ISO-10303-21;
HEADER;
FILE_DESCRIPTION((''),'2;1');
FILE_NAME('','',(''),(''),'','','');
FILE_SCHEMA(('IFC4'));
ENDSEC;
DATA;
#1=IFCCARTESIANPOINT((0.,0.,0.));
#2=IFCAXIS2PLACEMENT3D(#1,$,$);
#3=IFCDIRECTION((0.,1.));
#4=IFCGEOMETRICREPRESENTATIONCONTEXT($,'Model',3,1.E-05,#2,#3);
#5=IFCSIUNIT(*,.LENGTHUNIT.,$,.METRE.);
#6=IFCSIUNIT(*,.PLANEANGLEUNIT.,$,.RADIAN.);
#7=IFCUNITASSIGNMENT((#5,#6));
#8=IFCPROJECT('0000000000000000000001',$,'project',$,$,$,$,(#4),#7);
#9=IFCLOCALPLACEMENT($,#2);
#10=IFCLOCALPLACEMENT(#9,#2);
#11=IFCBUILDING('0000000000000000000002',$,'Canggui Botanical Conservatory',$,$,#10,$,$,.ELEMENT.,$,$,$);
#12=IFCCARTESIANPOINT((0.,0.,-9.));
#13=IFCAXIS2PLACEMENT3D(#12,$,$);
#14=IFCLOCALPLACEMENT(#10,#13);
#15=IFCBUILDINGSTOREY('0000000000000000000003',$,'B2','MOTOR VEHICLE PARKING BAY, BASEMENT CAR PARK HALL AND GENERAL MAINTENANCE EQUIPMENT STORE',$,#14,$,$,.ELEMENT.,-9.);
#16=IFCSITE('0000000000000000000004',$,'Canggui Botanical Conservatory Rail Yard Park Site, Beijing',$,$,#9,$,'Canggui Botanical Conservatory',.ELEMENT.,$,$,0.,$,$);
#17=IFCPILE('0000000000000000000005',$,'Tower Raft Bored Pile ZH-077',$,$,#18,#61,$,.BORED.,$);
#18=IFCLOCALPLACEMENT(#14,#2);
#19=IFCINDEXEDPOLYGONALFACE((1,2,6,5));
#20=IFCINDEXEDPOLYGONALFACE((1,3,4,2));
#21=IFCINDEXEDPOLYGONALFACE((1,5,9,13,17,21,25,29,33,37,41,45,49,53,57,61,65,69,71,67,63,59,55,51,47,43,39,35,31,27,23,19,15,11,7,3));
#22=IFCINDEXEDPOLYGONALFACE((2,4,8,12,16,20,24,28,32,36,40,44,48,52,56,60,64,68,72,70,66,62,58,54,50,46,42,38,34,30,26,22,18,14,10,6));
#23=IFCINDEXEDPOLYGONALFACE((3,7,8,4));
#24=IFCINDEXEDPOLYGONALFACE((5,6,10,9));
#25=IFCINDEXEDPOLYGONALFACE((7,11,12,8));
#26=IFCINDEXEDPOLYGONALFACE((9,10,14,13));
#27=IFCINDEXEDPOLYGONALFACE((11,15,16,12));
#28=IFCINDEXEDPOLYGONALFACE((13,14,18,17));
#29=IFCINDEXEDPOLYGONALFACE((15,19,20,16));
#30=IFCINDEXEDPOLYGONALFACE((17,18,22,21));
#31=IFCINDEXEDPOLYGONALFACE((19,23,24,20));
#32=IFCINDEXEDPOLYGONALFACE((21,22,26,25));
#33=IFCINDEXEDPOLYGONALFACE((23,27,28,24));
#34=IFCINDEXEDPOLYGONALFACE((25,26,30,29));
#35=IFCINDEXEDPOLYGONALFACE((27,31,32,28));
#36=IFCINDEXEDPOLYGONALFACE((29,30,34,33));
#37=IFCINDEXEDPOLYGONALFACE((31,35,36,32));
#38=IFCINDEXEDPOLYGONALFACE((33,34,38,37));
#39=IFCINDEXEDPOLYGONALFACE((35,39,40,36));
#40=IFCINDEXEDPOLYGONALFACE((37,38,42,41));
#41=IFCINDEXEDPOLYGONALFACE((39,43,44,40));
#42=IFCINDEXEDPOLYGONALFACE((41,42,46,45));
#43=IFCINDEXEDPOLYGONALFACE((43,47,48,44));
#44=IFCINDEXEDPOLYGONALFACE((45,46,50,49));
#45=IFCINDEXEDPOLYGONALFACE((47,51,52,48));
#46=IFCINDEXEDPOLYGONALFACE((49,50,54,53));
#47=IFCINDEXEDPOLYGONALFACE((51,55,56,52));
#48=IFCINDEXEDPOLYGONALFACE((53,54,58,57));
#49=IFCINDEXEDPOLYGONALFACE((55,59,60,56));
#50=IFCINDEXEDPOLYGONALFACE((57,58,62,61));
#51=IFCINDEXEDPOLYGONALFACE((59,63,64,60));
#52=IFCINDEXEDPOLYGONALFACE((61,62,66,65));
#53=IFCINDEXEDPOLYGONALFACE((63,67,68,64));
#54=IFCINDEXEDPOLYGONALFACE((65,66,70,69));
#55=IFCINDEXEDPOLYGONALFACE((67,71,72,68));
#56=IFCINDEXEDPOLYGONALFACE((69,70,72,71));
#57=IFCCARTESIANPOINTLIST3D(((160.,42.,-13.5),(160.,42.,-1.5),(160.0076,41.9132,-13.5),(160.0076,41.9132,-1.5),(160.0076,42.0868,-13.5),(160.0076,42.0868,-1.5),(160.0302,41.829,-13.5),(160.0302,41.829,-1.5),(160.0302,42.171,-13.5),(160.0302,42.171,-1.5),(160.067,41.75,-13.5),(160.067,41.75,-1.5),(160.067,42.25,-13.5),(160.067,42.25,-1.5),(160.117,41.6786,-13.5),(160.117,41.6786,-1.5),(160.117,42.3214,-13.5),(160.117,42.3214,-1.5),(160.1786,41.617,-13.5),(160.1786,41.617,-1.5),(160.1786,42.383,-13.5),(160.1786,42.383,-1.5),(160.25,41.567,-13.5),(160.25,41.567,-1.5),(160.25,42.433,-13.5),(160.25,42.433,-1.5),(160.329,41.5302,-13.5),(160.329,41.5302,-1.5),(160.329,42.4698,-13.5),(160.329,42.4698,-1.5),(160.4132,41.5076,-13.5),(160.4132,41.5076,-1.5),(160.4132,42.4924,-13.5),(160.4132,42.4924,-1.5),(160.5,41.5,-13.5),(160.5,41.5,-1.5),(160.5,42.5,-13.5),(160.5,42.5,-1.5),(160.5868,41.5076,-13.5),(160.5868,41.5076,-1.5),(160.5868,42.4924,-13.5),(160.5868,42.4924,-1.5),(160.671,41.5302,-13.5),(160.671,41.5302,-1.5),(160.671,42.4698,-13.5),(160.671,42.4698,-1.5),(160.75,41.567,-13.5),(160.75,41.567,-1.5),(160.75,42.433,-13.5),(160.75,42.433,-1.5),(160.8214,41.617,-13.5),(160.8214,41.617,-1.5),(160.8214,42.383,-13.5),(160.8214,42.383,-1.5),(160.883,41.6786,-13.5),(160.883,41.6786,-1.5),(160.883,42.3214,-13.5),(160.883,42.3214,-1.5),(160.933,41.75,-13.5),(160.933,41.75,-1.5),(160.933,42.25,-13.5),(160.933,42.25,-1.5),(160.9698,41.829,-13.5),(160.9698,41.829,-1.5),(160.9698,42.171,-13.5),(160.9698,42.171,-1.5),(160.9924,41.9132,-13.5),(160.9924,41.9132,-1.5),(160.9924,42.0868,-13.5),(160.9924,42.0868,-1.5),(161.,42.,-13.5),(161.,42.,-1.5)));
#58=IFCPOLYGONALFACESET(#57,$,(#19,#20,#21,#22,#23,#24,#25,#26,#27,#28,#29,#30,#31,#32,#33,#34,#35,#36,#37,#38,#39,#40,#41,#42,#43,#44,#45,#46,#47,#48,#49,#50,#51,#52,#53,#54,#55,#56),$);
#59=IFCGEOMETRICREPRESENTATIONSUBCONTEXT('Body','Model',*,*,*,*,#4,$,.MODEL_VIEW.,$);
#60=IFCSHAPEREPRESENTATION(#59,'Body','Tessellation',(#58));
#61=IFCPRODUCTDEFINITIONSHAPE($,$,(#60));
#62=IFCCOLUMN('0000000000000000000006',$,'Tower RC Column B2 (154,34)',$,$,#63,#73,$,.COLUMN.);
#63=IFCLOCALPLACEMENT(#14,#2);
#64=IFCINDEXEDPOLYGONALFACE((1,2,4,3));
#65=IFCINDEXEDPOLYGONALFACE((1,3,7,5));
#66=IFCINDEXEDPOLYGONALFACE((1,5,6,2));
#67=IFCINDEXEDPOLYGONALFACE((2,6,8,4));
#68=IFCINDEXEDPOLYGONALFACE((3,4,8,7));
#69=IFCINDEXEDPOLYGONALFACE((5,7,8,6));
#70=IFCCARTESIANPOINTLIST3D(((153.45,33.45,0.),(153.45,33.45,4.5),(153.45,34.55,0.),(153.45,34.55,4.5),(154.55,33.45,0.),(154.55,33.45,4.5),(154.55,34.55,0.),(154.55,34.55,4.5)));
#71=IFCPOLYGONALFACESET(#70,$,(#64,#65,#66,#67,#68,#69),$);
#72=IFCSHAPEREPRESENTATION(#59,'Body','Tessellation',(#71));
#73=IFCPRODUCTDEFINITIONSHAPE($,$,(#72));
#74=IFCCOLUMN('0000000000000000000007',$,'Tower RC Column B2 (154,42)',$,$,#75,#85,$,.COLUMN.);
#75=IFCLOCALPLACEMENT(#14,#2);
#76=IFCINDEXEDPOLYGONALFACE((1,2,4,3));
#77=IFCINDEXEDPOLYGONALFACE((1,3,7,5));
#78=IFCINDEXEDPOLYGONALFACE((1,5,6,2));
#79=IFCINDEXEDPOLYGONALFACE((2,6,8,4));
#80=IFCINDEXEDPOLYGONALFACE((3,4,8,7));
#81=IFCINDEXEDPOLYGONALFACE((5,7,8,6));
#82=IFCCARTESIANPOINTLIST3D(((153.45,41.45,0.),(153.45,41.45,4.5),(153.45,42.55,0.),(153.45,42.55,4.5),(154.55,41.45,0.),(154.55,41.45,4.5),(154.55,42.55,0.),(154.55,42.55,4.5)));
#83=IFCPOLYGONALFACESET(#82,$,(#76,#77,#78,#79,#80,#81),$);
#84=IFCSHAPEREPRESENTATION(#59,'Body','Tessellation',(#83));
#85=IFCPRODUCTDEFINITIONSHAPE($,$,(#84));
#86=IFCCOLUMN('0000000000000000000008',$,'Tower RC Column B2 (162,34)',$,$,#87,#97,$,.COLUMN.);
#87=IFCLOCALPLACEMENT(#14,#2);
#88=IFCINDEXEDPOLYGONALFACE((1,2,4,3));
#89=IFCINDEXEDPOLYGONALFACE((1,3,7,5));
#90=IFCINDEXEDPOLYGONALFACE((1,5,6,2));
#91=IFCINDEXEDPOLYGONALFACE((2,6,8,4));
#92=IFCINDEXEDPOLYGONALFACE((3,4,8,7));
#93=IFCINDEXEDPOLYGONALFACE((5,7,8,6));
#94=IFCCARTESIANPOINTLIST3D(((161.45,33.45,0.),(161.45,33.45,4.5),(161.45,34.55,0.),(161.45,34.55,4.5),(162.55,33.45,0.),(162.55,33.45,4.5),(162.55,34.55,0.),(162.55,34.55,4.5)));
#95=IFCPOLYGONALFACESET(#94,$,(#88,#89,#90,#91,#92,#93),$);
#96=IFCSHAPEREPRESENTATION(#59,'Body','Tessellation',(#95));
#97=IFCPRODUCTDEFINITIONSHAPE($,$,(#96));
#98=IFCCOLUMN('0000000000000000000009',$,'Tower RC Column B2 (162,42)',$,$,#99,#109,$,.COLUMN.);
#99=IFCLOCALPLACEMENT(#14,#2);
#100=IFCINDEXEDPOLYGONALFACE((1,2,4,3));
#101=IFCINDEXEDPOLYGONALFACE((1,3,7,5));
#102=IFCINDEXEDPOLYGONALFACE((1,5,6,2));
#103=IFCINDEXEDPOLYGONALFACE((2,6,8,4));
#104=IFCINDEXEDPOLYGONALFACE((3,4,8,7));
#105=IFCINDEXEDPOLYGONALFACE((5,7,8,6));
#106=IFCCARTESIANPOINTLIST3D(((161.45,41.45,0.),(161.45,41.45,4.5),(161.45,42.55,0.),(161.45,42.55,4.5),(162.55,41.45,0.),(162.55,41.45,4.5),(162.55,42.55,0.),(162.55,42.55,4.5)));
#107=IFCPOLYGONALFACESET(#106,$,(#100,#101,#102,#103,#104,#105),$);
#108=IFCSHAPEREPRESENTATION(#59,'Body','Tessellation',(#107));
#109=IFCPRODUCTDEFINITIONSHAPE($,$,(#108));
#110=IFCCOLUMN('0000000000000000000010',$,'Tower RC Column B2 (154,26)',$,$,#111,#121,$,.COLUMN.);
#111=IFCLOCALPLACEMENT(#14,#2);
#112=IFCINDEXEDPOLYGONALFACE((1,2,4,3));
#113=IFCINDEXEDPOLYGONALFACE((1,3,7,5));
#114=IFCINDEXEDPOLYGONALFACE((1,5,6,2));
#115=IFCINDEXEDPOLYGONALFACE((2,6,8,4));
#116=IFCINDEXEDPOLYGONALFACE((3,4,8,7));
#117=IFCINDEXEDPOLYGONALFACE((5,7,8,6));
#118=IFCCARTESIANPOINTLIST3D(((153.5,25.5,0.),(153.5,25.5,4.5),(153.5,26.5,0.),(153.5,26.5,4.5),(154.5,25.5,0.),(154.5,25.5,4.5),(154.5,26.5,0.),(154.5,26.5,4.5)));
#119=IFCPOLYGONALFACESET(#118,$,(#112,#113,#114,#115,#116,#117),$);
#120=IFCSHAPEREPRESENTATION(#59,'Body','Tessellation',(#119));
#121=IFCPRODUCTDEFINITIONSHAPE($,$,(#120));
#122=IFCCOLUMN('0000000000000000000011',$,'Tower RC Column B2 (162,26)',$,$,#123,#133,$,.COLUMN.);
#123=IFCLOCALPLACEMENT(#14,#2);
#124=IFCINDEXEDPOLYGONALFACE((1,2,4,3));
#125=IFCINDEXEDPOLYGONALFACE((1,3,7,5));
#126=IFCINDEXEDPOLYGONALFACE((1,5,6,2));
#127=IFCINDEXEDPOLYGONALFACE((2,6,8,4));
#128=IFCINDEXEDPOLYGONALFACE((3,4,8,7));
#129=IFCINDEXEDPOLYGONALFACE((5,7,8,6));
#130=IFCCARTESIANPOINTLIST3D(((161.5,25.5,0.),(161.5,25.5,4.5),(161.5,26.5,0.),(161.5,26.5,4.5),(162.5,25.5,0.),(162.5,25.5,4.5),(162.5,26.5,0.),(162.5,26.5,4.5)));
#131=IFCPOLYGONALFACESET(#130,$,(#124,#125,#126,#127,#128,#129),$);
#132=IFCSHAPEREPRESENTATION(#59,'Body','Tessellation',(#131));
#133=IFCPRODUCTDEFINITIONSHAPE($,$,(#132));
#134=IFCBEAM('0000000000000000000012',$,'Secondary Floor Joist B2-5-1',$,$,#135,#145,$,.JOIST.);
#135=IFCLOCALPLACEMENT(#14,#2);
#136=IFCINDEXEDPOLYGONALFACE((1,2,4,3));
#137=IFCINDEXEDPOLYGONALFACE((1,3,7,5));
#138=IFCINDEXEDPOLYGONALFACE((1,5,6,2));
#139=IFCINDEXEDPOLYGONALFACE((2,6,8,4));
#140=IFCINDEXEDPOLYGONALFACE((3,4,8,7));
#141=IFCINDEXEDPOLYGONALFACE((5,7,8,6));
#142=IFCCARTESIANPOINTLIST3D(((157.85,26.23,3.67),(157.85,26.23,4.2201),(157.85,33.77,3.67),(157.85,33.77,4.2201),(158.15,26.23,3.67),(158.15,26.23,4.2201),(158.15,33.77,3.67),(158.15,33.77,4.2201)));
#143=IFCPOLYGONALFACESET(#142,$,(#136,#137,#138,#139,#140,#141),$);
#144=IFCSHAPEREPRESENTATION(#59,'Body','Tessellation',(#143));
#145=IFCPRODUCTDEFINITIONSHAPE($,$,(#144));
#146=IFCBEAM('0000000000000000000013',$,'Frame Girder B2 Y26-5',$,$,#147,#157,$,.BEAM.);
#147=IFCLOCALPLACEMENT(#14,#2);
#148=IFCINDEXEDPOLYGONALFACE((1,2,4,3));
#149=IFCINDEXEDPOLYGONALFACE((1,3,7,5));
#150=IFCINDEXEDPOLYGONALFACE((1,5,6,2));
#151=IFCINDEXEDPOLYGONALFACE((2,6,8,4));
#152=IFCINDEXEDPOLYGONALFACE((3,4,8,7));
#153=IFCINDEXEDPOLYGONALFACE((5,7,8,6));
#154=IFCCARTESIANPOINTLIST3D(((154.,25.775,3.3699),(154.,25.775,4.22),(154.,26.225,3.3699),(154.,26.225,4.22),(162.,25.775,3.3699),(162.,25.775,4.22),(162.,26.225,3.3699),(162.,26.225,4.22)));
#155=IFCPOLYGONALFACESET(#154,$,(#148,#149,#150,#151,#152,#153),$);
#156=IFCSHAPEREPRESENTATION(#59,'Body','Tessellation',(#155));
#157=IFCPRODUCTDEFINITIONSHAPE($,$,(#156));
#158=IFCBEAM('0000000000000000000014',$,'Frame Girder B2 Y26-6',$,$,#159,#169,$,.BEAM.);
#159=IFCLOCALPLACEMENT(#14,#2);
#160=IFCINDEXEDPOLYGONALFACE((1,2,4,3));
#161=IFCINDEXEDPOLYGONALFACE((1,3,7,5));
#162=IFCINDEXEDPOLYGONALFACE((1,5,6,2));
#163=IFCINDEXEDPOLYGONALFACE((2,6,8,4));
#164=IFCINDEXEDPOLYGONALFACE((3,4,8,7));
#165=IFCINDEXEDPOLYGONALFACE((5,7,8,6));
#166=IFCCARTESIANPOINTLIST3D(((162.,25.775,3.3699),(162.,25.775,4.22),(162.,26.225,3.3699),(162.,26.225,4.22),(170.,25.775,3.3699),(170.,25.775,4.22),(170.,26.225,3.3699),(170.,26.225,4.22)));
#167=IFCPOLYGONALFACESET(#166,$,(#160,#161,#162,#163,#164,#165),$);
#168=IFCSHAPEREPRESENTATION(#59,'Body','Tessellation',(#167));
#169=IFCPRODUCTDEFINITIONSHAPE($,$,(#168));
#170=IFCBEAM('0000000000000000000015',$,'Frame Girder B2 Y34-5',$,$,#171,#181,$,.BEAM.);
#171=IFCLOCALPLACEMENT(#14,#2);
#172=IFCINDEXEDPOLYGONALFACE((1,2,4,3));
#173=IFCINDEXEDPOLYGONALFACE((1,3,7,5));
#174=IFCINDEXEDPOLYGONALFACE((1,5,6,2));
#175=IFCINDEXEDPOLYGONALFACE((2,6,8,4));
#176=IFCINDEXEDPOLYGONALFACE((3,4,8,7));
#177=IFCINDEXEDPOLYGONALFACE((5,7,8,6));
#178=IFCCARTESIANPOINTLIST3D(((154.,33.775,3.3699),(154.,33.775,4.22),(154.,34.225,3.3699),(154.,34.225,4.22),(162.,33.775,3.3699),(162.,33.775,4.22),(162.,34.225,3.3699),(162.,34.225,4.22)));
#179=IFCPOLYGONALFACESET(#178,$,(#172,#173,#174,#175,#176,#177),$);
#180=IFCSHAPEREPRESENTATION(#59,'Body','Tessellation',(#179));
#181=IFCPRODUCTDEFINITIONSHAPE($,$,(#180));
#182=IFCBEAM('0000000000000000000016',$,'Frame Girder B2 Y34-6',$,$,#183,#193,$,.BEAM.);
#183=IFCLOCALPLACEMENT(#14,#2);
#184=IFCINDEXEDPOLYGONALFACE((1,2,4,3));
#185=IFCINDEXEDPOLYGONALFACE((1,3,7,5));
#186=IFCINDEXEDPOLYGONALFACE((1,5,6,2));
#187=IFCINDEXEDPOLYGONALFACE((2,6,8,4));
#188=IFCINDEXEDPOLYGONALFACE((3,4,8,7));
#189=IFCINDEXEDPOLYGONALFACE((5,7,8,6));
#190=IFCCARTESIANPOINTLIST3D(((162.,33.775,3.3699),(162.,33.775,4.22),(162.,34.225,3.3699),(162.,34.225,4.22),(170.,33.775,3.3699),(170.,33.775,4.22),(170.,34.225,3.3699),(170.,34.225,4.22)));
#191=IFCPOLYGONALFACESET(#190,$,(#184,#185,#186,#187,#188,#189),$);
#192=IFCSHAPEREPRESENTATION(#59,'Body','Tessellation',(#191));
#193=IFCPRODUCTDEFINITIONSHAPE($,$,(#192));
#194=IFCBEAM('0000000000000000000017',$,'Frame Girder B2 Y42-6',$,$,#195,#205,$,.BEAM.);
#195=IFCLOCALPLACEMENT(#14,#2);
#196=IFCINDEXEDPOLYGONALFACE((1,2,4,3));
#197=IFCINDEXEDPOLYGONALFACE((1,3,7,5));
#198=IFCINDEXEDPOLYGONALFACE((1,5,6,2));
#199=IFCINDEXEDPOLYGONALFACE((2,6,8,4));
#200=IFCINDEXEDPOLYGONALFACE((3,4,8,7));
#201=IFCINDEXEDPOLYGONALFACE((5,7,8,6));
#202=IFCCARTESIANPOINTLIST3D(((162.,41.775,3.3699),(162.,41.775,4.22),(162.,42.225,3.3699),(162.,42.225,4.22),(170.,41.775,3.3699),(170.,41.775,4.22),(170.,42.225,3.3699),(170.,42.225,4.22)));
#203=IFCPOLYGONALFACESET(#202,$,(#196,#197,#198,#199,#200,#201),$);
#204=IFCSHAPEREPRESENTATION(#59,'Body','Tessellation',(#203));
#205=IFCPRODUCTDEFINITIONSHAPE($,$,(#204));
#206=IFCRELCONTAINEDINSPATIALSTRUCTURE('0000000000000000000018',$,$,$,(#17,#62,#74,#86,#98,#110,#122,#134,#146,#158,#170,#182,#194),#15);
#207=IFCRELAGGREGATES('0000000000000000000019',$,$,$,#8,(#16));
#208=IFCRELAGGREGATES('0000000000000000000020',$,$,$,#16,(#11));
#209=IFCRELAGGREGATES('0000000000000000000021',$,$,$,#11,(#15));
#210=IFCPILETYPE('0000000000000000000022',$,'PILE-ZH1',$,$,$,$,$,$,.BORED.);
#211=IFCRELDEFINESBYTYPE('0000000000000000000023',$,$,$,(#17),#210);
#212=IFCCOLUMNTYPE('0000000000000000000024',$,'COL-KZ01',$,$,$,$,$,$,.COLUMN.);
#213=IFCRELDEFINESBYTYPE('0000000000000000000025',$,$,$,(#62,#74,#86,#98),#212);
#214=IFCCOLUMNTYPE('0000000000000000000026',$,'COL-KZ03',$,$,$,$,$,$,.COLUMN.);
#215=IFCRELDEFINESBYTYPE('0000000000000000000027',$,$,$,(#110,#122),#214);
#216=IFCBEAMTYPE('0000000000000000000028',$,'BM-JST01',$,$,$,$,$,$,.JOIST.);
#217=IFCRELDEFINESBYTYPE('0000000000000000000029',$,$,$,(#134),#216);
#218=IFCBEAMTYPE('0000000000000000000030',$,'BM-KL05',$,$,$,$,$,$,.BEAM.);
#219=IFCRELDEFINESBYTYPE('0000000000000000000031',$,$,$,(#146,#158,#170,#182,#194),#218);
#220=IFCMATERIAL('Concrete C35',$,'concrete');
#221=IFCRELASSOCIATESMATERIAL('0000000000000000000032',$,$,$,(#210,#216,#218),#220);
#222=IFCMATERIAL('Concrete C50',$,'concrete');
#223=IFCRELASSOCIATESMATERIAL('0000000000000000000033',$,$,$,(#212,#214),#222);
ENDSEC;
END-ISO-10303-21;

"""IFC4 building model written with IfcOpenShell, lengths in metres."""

from ifc_helpers import new_model, si_unit, direction, frame, origin, origin_2d, place, context, subcontext, project, spatial, rectangle, circle, extrude, material, material_profile, profile_set, type_object, element, save


model = new_model("IFC4")

# Units and contexts
model_context = context("Model", 3, precision=1e-05, world=origin(), true_north=direction((0.0, 1.0)))
body_context = subcontext(model_context, "Body", "Model", "MODEL_VIEW")
ifc_project = project(units=[si_unit("LENGTHUNIT", "METRE"), si_unit("PLANEANGLEUNIT", "RADIAN")], contexts=[model_context])

# Site, building, storey
site_placement = place(None, origin())
site = spatial("IfcSite", under=ifc_project, at=site_placement, Name="Canggui Botanical Conservatory Rail Yard Park Site, Beijing", LongName="Canggui Botanical Conservatory", CompositionType="ELEMENT", RefElevation=0.0)
building_placement = place(site_placement, origin())
building = spatial("IfcBuilding", under=site, at=building_placement, Name="Canggui Botanical Conservatory", CompositionType="ELEMENT")
storey_placement = place(building_placement, frame((0.0, 0.0, -9.0)))
storey = spatial("IfcBuildingStorey", under=building, at=storey_placement, Name="B2", Description="MOTOR VEHICLE PARKING BAY, BASEMENT CAR PARK HALL AND GENERAL MAINTENANCE EQUIPMENT STORE", CompositionType="ELEMENT", Elevation=-9.0)

# Pile
ifc_material_1 = material(Name="Concrete C35", Category="concrete")
ifc_material_profile_1 = material_profile(ifc_material_1, circle(Radius=0.5, at=origin_2d()), Name="PILE D1000")
ifc_profile_set_1 = profile_set([ifc_material_profile_1], Name="Concrete C35")
pile_type = type_object("IfcPileType", Name="PILE-ZH1", PredefinedType="BORED", material=ifc_profile_set_1)
for number, where, z_axis, x_axis, name in (
    (1, (160.5, 42.0, -1.5), (0.0, 0.0, -1.0), (1.0, 0.0, 0.0), "Tower Raft Bored Pile ZH-077"),
):
    element("IfcPile", number, at=place(storey_placement, frame(where, z_axis=z_axis, x_axis=x_axis)), inside=storey, type_object=pile_type, Name=name, PredefinedType="BORED", context=body_context, shape_type="SweptSolid", body=[
        extrude(circle(Radius=0.5, at=origin_2d()), origin(), (0.0, 0.0, 1.0), 12.0),
    ])

# Columns
ifc_material_2 = material(Name="Concrete C50", Category="concrete")
ifc_material_profile_2 = material_profile(ifc_material_2, rectangle(XDim=1.1001, YDim=1.1001, at=origin_2d()), Name="RC 1100x1100")
ifc_profile_set_2 = profile_set([ifc_material_profile_2], Name="Concrete C50")
column_type_1 = type_object("IfcColumnType", Name="COL-KZ01", PredefinedType="COLUMN", material=ifc_profile_set_2)
for number, where, z_axis, x_axis, name in (
    (2, (154.0, 34.0, 0.0), (0.0, 0.0, 1.0), (1.0, 0.0, 0.0), "Tower RC Column B2 (154,34)"),
    (3, (154.0, 42.0, 0.0), (0.0, 0.0, 1.0), (1.0, 0.0, 0.0), "Tower RC Column B2 (154,42)"),
    (4, (162.0, 34.0, 0.0), (0.0, 0.0, 1.0), (1.0, 0.0, 0.0), "Tower RC Column B2 (162,34)"),
    (5, (162.0, 42.0, 0.0), (0.0, 0.0, 1.0), (1.0, 0.0, 0.0), "Tower RC Column B2 (162,42)"),
):
    element("IfcColumn", number, at=place(storey_placement, frame(where, z_axis=z_axis, x_axis=x_axis)), inside=storey, type_object=column_type_1, Name=name, PredefinedType="COLUMN", context=body_context, shape_type="SweptSolid", body=[
        extrude(rectangle(XDim=1.1001, YDim=1.1001, at=origin_2d()), origin(), (0.0, 0.0, 1.0), 4.5),
    ])
ifc_material_profile_3 = material_profile(ifc_material_2, rectangle(XDim=1.0, YDim=1.0, at=origin_2d()), Name="RC 1000x1000")
ifc_profile_set_3 = profile_set([ifc_material_profile_3], Name="Concrete C50")
column_type_2 = type_object("IfcColumnType", Name="COL-KZ03", PredefinedType="COLUMN", material=ifc_profile_set_3)
for number, where, z_axis, x_axis, name in (
    (6, (154.0, 26.0, 0.0), (0.0, 0.0, 1.0), (1.0, 0.0, 0.0), "Tower RC Column B2 (154,26)"),
    (7, (162.0, 26.0, 0.0), (0.0, 0.0, 1.0), (1.0, 0.0, 0.0), "Tower RC Column B2 (162,26)"),
):
    element("IfcColumn", number, at=place(storey_placement, frame(where, z_axis=z_axis, x_axis=x_axis)), inside=storey, type_object=column_type_2, Name=name, PredefinedType="COLUMN", context=body_context, shape_type="SweptSolid", body=[
        extrude(rectangle(XDim=1.0, YDim=1.0, at=origin_2d()), origin(), (0.0, 0.0, 1.0), 4.5),
    ])

# Beams
ifc_material_profile_4 = material_profile(ifc_material_1, rectangle(XDim=0.3, YDim=0.55, at=origin_2d()), Name="RB 300x550")
ifc_profile_set_4 = profile_set([ifc_material_profile_4], Name="Concrete C35")
beam_type_1 = type_object("IfcBeamType", Name="BM-JST01", PredefinedType="JOIST", material=ifc_profile_set_4)
beam_1_placement = place(storey_placement, frame((158.0, 26.23, 3.9451), z_axis=(0.0, 1.0, 0.0), x_axis=(-1.0, 0.0, 0.0)))
element("IfcBeam", 8, at=beam_1_placement, inside=storey, type_object=beam_type_1, Name="Secondary Floor Joist B2-5-1", PredefinedType="JOIST", context=body_context, shape_type="SweptSolid", body=[
    extrude(rectangle(XDim=0.3, YDim=0.55, at=origin_2d()), origin(), (0.0, 0.0, 1.0), 7.54),
])
ifc_material_profile_5 = material_profile(ifc_material_1, rectangle(XDim=0.45, YDim=0.8501, at=origin_2d()), Name="RB 450x850")
ifc_profile_set_5 = profile_set([ifc_material_profile_5], Name="Concrete C35")
beam_type_2 = type_object("IfcBeamType", Name="BM-KL05", PredefinedType="BEAM", material=ifc_profile_set_5)
for number, where, z_axis, x_axis, name in (
    (9, (154.0, 26.0, 3.7949), (1.0, 0.0, 0.0), (0.0, 1.0, 0.0), "Frame Girder B2 Y26-5"),
    (10, (162.0, 26.0, 3.7949), (1.0, 0.0, 0.0), (0.0, 1.0, 0.0), "Frame Girder B2 Y26-6"),
    (11, (154.0, 34.0, 3.7949), (1.0, 0.0, 0.0), (0.0, 1.0, 0.0), "Frame Girder B2 Y34-5"),
    (12, (162.0, 34.0, 3.7949), (1.0, 0.0, 0.0), (0.0, 1.0, 0.0), "Frame Girder B2 Y34-6"),
    (13, (162.0, 42.0, 3.7949), (1.0, 0.0, 0.0), (0.0, 1.0, 0.0), "Frame Girder B2 Y42-6"),
):
    element("IfcBeam", number, at=place(storey_placement, frame(where, z_axis=z_axis, x_axis=x_axis)), inside=storey, type_object=beam_type_2, Name=name, PredefinedType="BEAM", context=body_context, shape_type="SweptSolid", body=[
        extrude(rectangle(XDim=0.45, YDim=0.8501, at=origin_2d()), origin(), (0.0, 0.0, 1.0), 8.0),
    ])

save(model, "model.ifc")
